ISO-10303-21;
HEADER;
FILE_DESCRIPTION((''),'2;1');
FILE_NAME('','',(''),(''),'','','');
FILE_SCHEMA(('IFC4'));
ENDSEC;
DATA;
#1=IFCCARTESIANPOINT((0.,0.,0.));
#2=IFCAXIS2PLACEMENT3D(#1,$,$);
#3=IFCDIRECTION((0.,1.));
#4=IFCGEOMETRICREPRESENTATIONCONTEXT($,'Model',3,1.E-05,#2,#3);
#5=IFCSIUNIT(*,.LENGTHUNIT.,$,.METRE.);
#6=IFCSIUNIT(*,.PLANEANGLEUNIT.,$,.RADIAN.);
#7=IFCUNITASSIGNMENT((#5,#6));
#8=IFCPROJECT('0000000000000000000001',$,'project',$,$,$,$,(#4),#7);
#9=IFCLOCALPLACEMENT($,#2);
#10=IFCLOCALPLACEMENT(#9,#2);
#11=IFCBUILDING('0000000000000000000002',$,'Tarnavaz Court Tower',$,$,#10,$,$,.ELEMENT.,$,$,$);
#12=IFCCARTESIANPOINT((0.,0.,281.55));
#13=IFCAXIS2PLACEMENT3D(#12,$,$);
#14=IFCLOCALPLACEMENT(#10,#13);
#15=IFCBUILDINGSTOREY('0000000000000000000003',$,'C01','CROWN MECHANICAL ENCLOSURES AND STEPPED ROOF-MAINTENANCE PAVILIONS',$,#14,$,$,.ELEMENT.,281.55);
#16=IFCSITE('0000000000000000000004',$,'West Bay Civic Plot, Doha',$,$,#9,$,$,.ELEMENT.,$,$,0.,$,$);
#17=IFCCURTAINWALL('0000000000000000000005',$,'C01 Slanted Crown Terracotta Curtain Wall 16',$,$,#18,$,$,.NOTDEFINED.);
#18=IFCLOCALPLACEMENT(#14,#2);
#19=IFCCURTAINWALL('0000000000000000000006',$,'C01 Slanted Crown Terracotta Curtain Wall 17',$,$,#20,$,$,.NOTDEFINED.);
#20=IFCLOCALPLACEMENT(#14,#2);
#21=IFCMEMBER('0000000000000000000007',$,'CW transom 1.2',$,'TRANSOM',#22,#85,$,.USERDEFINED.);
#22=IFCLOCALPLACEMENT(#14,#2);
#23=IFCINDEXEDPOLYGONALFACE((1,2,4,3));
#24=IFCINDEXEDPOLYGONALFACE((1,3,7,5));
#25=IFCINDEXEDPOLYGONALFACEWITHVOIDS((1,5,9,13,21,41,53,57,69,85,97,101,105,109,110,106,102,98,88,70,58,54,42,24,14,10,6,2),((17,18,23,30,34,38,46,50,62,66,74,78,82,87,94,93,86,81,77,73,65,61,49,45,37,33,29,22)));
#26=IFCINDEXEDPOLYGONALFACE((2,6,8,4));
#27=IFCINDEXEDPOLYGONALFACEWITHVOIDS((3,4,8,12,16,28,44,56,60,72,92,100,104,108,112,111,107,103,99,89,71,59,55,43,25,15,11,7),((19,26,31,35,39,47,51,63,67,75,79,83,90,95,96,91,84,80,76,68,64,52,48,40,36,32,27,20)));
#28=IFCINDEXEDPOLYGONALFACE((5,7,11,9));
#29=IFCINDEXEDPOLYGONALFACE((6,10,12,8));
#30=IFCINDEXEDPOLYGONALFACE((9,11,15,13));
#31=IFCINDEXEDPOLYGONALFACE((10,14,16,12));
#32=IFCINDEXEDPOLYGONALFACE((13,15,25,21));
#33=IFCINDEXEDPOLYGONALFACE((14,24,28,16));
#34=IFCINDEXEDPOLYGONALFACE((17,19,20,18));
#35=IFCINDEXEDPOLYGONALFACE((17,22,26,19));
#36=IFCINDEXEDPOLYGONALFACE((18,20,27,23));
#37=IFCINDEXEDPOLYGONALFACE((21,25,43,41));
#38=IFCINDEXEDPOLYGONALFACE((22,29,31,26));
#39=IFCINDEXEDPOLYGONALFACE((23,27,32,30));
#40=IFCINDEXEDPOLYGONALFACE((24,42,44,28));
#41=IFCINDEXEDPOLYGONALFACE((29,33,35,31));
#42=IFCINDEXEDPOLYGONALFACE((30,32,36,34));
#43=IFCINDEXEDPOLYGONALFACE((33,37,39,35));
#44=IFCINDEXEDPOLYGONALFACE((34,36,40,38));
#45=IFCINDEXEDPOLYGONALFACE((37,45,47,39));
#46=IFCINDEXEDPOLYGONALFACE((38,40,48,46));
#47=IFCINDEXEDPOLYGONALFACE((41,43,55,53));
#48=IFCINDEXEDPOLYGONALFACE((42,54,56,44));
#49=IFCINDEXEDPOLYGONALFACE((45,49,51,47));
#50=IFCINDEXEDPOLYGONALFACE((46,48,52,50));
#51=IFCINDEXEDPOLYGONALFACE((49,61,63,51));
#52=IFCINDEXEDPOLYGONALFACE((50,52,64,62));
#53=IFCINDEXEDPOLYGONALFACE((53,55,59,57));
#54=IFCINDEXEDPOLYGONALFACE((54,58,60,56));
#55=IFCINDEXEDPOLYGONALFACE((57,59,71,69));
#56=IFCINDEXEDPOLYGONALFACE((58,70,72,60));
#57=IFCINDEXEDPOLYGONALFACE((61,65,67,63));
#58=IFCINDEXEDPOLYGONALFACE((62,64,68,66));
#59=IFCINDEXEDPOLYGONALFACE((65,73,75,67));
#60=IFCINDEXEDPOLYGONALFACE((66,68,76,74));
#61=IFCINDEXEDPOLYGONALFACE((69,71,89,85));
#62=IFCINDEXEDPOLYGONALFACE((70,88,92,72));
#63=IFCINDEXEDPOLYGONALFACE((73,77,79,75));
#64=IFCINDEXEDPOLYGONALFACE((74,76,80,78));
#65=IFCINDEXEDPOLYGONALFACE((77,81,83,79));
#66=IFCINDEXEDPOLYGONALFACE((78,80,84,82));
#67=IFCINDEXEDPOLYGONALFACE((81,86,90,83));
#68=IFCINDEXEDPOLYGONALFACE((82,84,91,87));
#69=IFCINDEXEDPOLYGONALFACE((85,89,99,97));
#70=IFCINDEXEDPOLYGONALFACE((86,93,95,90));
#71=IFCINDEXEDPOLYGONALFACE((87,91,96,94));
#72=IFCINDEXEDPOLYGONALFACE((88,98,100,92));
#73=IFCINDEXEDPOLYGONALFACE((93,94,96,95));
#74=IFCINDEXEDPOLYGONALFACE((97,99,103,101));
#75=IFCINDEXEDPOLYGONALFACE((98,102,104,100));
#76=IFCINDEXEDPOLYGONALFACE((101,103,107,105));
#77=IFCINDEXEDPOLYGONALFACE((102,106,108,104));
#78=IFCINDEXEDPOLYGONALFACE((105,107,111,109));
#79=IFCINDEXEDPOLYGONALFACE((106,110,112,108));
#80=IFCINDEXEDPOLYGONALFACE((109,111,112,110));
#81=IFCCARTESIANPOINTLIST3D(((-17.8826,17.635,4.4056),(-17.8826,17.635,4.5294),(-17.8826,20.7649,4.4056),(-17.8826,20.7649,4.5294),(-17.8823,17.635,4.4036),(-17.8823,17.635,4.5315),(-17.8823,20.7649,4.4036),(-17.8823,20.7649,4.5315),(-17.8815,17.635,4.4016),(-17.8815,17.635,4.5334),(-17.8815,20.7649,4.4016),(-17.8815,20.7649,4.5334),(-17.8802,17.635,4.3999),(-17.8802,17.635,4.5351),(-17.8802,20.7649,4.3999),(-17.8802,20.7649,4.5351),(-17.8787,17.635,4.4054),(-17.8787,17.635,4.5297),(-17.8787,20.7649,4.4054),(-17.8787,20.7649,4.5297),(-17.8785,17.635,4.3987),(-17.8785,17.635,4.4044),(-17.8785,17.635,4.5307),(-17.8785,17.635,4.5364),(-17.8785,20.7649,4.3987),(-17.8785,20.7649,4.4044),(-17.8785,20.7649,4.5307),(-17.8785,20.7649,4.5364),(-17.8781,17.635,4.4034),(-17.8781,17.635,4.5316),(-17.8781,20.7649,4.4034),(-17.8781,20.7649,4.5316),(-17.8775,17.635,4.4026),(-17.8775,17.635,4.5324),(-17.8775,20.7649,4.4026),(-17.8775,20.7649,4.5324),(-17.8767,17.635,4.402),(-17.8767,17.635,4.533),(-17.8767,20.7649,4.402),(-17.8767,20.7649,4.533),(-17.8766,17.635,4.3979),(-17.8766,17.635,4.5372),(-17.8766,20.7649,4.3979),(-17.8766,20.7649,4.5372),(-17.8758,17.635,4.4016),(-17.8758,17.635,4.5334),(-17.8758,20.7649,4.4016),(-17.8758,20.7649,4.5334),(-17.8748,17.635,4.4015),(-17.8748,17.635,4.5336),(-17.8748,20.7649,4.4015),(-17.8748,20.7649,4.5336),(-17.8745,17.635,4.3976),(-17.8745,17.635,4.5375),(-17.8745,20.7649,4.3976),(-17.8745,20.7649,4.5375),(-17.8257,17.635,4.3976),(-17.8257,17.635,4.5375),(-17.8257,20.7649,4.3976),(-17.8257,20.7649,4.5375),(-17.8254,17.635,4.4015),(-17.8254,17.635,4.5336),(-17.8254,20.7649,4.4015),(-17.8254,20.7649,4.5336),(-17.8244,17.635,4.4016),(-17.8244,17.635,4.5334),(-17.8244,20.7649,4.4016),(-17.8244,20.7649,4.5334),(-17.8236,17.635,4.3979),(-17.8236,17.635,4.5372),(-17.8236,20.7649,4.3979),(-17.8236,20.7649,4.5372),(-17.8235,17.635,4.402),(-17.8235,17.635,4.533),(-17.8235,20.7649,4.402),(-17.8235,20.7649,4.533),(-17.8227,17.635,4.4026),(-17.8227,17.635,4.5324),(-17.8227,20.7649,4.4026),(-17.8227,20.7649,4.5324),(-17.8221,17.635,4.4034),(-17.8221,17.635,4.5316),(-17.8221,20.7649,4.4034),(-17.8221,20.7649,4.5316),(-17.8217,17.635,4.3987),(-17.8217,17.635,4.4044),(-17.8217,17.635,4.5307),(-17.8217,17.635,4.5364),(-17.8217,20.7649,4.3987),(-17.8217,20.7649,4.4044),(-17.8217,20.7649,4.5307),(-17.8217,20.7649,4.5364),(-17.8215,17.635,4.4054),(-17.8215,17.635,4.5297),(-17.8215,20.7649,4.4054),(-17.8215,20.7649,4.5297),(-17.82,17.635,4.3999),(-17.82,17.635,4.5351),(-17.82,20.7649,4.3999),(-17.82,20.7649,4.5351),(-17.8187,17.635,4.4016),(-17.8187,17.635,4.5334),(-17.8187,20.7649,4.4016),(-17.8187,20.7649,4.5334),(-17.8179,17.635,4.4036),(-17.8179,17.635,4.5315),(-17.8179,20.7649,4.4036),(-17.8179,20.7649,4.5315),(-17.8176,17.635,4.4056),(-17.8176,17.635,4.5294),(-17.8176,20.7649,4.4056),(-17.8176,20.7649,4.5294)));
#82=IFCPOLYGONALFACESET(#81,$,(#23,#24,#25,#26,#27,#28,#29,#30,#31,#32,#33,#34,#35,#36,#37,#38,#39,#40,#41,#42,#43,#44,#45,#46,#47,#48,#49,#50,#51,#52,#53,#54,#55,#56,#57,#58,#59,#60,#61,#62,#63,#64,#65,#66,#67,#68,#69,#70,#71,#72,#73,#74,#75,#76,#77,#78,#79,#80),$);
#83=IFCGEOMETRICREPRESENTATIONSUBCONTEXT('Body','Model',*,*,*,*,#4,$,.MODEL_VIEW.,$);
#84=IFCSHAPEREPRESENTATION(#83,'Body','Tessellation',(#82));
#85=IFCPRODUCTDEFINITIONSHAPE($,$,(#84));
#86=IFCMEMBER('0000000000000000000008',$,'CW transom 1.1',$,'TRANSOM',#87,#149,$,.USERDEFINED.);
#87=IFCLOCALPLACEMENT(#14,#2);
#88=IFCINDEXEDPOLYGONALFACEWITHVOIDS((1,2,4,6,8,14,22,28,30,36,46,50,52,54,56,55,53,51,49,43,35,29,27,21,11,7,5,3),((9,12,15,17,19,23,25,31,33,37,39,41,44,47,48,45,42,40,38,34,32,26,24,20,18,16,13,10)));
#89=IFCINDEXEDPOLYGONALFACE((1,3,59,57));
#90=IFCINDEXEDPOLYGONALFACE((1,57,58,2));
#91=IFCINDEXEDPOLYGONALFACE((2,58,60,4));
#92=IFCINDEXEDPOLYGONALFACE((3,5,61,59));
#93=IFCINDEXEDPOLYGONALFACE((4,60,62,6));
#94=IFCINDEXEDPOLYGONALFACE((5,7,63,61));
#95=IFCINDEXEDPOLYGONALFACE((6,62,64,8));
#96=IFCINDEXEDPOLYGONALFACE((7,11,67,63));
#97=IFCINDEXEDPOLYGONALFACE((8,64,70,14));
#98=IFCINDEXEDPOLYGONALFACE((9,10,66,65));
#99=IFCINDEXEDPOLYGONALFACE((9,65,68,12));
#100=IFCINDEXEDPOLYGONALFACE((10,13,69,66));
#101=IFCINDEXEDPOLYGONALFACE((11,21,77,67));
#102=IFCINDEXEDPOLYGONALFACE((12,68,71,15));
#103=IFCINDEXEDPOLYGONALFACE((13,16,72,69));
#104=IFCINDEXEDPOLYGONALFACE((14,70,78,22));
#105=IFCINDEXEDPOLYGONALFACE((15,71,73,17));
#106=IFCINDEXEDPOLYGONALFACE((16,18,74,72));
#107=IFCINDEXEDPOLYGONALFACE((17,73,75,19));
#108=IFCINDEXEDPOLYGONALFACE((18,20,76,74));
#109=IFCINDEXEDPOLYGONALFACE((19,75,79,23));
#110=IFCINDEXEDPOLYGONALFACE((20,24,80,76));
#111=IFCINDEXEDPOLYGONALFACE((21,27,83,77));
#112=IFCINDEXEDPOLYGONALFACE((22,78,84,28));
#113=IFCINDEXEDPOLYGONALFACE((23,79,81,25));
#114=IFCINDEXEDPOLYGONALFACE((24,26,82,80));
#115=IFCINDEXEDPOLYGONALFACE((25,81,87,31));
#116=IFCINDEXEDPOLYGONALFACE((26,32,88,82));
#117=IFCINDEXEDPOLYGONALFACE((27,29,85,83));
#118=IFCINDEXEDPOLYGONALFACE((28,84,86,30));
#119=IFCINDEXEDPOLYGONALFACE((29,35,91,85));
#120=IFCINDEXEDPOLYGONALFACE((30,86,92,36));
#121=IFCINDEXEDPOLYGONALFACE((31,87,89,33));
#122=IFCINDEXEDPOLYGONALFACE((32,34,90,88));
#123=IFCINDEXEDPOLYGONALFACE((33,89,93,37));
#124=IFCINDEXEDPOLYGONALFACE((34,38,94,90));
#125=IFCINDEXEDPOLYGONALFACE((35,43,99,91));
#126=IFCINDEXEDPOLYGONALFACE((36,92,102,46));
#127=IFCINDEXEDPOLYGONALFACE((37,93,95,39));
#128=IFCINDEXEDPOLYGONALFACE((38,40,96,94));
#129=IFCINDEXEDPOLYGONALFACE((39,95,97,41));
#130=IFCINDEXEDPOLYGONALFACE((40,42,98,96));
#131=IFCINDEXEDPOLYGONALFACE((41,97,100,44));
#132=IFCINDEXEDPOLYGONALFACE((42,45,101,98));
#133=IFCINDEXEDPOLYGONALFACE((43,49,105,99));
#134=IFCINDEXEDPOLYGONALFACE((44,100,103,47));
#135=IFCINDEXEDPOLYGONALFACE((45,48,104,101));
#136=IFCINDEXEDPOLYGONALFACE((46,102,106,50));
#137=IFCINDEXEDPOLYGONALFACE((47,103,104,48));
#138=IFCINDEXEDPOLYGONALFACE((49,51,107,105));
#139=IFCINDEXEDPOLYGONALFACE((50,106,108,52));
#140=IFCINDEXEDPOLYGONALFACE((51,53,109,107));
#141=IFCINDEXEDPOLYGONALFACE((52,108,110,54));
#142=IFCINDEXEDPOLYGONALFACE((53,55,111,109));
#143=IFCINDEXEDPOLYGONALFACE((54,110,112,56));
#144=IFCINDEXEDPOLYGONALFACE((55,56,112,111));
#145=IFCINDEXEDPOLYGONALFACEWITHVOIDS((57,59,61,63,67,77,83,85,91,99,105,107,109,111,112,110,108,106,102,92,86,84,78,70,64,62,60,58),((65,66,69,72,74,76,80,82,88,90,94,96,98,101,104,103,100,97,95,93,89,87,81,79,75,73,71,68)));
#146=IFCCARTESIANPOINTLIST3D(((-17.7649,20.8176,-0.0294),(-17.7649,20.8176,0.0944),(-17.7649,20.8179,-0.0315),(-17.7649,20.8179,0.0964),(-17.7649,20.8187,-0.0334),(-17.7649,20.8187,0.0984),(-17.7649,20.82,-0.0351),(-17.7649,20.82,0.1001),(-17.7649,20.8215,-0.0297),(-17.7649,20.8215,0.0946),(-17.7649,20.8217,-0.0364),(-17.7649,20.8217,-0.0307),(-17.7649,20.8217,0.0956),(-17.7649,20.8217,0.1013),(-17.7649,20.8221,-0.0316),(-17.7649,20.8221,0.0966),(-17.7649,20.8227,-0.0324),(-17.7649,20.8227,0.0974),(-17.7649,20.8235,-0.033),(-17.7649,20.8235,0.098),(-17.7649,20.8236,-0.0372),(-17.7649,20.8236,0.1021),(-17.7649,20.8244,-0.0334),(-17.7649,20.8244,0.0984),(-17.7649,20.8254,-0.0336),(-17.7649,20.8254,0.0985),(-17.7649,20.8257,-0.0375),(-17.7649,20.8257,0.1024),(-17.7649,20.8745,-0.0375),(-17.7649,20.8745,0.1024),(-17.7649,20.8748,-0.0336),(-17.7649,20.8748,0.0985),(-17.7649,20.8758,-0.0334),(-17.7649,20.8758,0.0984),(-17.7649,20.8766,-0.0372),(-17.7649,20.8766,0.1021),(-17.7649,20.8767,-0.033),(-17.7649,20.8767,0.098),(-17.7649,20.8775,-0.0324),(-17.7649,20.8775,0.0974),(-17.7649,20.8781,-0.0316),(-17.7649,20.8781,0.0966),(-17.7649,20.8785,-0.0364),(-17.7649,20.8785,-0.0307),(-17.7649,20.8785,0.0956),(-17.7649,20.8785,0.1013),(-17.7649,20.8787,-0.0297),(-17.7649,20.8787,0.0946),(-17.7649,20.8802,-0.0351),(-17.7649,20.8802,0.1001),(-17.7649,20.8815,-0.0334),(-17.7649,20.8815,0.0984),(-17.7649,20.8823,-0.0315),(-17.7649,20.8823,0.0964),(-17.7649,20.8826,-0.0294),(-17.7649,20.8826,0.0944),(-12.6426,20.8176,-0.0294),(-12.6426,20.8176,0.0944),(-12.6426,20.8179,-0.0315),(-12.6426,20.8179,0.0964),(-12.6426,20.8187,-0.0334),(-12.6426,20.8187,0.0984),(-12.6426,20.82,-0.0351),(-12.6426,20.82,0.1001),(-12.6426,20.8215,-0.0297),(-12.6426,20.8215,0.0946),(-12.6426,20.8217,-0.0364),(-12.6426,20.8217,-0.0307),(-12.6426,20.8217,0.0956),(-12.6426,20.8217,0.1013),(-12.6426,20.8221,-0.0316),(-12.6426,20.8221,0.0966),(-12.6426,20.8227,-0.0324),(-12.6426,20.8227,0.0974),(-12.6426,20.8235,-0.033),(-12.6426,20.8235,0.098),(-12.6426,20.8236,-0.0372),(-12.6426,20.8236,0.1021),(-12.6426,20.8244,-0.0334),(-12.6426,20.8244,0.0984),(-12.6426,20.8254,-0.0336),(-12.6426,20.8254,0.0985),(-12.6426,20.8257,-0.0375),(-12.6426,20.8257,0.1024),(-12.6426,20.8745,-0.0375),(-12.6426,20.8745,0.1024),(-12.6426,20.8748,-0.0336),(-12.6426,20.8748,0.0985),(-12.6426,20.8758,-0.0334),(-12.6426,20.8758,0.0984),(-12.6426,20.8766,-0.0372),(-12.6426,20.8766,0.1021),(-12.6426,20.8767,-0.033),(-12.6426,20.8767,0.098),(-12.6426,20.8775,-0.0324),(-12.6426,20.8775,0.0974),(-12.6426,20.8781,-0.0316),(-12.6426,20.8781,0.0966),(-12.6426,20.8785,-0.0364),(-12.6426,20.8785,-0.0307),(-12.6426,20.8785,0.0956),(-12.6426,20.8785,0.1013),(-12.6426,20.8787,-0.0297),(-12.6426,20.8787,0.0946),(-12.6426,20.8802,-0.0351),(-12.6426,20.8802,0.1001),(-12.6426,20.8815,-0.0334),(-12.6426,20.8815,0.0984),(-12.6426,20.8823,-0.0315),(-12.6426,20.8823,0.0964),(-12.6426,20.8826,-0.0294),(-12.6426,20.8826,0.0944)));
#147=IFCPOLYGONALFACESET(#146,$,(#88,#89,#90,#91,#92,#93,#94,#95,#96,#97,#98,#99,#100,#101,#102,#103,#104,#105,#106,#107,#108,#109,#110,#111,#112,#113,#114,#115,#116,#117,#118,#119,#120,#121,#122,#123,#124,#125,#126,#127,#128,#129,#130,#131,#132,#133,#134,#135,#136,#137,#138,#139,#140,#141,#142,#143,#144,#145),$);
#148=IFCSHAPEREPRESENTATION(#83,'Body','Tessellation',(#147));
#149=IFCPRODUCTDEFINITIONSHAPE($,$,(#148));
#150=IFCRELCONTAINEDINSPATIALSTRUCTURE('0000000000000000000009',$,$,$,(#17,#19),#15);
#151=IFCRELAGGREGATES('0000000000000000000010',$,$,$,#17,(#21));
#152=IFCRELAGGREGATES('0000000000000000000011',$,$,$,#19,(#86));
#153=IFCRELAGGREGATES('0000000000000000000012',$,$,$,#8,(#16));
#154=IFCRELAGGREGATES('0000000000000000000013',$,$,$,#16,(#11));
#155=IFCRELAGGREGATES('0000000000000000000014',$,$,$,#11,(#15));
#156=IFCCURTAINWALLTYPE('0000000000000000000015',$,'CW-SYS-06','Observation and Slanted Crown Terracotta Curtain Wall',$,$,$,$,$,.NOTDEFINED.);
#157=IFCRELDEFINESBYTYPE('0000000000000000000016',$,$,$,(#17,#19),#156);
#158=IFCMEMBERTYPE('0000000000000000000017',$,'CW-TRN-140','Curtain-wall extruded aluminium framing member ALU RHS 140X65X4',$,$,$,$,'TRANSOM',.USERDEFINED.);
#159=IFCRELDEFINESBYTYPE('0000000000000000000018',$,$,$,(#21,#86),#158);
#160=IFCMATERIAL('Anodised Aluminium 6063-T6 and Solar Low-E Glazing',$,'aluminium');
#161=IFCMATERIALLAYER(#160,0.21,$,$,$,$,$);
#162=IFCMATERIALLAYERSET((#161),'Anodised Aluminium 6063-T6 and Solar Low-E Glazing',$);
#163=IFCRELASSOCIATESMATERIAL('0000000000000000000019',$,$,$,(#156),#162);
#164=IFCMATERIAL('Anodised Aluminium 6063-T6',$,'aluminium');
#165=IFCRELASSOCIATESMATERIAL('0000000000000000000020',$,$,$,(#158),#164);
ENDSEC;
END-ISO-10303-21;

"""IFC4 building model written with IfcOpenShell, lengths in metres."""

from ifc_helpers import new_model, si_unit, direction, frame, origin, origin_2d, place, context, subcontext, project, spatial, hollow_rectangle, extrude, material, layer, layer_set, material_profile, profile_set, type_object, element, aggregate, save


model = new_model("IFC4")

# Units and contexts
model_context = context("Model", 3, precision=1e-05, world=origin(), true_north=direction((0.0, 1.0)))
body_context = subcontext(model_context, "Body", "Model", "MODEL_VIEW")
ifc_project = project(units=[si_unit("LENGTHUNIT", "METRE"), si_unit("PLANEANGLEUNIT", "RADIAN")], contexts=[model_context])

# Site, building, storey
site_placement = place(None, origin())
site = spatial("IfcSite", under=ifc_project, at=site_placement, Name="West Bay Civic Plot, Doha", CompositionType="ELEMENT", RefElevation=0.0)
building_placement = place(site_placement, origin())
building = spatial("IfcBuilding", under=site, at=building_placement, Name="Tarnavaz Court Tower", CompositionType="ELEMENT")
storey_placement = place(building_placement, frame((0.0, 0.0, 281.55)))
storey = spatial("IfcBuildingStorey", under=building, at=storey_placement, Name="C01", Description="CROWN MECHANICAL ENCLOSURES AND STEPPED ROOF-MAINTENANCE PAVILIONS", CompositionType="ELEMENT", Elevation=281.55)

# Shared definitions
ifc_material_1 = material(Name="Anodised Aluminium 6063-T6 and Solar Low-E Glazing", Category="aluminium")
ifc_layer_1 = layer(ifc_material_1, 0.21)
ifc_layer_set_1 = layer_set([ifc_layer_1], Name="Anodised Aluminium 6063-T6 and Solar Low-E Glazing")
curtain_wall_type = type_object("IfcCurtainWallType", Name="CW-SYS-06", Description="Observation and Slanted Crown Terracotta Curtain Wall", PredefinedType="NOTDEFINED", material=ifc_layer_set_1)
ifc_material_2 = material(Name="Anodised Aluminium 6063-T6", Category="aluminium")

# Curtain walls
curtain_wall_1_placement = place(storey_placement, origin())
curtain_wall_1 = element("IfcCurtainWall", 1, at=curtain_wall_1_placement, inside=storey, type_object=curtain_wall_type, Name="C01 Slanted Crown Terracotta Curtain Wall 16", PredefinedType="NOTDEFINED")
curtain_wall_2_placement = place(storey_placement, origin())
curtain_wall_2 = element("IfcCurtainWall", 2, at=curtain_wall_2_placement, inside=storey, type_object=curtain_wall_type, Name="C01 Slanted Crown Terracotta Curtain Wall 17", PredefinedType="NOTDEFINED")

# Members
ifc_material_profile_1 = material_profile(ifc_material_2, hollow_rectangle(XDim=0.0649, YDim=0.1399, WallThickness=0.0039, InnerFilletRadius=0.0039, OuterFilletRadius=0.0081, at=origin_2d()), Name="ALU RHS 140X65X4")
ifc_profile_set_1 = profile_set([ifc_material_profile_1], Name="Anodised Aluminium 6063-T6")
member_type_1 = type_object("IfcMemberType", Name="CW-TRN-140", Description="Curtain-wall extruded aluminium framing member ALU RHS 140X65X4", ElementType="TRANSOM", PredefinedType="USERDEFINED", material=ifc_profile_set_1)
member_1_placement = place(storey_placement, frame((-17.8501, 17.635, 4.4675), z_axis=(0.0, 1.0, 0.0), x_axis=(-1.0, 0.0, 0.0)))
member_1 = element("IfcMember", 3, at=member_1_placement, type_object=member_type_1, Name="CW transom 1.2", ObjectType="TRANSOM", PredefinedType="USERDEFINED", context=body_context, shape_type="SweptSolid", body=[
    extrude(hollow_rectangle(XDim=0.0649, YDim=0.1399, WallThickness=0.0039, InnerFilletRadius=0.0039, OuterFilletRadius=0.0081, at=origin_2d()), origin(), (0.0, 0.0, 1.0), 3.1299),
])
member_2_placement = place(storey_placement, frame((-17.7649, 20.8501, 0.0325), z_axis=(1.0, 0.0, 0.0), x_axis=(0.0, 1.0, 0.0)))
member_2 = element("IfcMember", 4, at=member_2_placement, type_object=member_type_1, Name="CW transom 1.1", ObjectType="TRANSOM", PredefinedType="USERDEFINED", context=body_context, shape_type="SweptSolid", body=[
    extrude(hollow_rectangle(XDim=0.0649, YDim=0.1399, WallThickness=0.0039, InnerFilletRadius=0.0039, OuterFilletRadius=0.0081, at=origin_2d()), origin(), (0.0, 0.0, 1.0), 5.1223),
])

aggregate(curtain_wall_1, [member_1])
aggregate(curtain_wall_2, [member_2])

save(model, "model.ifc")
